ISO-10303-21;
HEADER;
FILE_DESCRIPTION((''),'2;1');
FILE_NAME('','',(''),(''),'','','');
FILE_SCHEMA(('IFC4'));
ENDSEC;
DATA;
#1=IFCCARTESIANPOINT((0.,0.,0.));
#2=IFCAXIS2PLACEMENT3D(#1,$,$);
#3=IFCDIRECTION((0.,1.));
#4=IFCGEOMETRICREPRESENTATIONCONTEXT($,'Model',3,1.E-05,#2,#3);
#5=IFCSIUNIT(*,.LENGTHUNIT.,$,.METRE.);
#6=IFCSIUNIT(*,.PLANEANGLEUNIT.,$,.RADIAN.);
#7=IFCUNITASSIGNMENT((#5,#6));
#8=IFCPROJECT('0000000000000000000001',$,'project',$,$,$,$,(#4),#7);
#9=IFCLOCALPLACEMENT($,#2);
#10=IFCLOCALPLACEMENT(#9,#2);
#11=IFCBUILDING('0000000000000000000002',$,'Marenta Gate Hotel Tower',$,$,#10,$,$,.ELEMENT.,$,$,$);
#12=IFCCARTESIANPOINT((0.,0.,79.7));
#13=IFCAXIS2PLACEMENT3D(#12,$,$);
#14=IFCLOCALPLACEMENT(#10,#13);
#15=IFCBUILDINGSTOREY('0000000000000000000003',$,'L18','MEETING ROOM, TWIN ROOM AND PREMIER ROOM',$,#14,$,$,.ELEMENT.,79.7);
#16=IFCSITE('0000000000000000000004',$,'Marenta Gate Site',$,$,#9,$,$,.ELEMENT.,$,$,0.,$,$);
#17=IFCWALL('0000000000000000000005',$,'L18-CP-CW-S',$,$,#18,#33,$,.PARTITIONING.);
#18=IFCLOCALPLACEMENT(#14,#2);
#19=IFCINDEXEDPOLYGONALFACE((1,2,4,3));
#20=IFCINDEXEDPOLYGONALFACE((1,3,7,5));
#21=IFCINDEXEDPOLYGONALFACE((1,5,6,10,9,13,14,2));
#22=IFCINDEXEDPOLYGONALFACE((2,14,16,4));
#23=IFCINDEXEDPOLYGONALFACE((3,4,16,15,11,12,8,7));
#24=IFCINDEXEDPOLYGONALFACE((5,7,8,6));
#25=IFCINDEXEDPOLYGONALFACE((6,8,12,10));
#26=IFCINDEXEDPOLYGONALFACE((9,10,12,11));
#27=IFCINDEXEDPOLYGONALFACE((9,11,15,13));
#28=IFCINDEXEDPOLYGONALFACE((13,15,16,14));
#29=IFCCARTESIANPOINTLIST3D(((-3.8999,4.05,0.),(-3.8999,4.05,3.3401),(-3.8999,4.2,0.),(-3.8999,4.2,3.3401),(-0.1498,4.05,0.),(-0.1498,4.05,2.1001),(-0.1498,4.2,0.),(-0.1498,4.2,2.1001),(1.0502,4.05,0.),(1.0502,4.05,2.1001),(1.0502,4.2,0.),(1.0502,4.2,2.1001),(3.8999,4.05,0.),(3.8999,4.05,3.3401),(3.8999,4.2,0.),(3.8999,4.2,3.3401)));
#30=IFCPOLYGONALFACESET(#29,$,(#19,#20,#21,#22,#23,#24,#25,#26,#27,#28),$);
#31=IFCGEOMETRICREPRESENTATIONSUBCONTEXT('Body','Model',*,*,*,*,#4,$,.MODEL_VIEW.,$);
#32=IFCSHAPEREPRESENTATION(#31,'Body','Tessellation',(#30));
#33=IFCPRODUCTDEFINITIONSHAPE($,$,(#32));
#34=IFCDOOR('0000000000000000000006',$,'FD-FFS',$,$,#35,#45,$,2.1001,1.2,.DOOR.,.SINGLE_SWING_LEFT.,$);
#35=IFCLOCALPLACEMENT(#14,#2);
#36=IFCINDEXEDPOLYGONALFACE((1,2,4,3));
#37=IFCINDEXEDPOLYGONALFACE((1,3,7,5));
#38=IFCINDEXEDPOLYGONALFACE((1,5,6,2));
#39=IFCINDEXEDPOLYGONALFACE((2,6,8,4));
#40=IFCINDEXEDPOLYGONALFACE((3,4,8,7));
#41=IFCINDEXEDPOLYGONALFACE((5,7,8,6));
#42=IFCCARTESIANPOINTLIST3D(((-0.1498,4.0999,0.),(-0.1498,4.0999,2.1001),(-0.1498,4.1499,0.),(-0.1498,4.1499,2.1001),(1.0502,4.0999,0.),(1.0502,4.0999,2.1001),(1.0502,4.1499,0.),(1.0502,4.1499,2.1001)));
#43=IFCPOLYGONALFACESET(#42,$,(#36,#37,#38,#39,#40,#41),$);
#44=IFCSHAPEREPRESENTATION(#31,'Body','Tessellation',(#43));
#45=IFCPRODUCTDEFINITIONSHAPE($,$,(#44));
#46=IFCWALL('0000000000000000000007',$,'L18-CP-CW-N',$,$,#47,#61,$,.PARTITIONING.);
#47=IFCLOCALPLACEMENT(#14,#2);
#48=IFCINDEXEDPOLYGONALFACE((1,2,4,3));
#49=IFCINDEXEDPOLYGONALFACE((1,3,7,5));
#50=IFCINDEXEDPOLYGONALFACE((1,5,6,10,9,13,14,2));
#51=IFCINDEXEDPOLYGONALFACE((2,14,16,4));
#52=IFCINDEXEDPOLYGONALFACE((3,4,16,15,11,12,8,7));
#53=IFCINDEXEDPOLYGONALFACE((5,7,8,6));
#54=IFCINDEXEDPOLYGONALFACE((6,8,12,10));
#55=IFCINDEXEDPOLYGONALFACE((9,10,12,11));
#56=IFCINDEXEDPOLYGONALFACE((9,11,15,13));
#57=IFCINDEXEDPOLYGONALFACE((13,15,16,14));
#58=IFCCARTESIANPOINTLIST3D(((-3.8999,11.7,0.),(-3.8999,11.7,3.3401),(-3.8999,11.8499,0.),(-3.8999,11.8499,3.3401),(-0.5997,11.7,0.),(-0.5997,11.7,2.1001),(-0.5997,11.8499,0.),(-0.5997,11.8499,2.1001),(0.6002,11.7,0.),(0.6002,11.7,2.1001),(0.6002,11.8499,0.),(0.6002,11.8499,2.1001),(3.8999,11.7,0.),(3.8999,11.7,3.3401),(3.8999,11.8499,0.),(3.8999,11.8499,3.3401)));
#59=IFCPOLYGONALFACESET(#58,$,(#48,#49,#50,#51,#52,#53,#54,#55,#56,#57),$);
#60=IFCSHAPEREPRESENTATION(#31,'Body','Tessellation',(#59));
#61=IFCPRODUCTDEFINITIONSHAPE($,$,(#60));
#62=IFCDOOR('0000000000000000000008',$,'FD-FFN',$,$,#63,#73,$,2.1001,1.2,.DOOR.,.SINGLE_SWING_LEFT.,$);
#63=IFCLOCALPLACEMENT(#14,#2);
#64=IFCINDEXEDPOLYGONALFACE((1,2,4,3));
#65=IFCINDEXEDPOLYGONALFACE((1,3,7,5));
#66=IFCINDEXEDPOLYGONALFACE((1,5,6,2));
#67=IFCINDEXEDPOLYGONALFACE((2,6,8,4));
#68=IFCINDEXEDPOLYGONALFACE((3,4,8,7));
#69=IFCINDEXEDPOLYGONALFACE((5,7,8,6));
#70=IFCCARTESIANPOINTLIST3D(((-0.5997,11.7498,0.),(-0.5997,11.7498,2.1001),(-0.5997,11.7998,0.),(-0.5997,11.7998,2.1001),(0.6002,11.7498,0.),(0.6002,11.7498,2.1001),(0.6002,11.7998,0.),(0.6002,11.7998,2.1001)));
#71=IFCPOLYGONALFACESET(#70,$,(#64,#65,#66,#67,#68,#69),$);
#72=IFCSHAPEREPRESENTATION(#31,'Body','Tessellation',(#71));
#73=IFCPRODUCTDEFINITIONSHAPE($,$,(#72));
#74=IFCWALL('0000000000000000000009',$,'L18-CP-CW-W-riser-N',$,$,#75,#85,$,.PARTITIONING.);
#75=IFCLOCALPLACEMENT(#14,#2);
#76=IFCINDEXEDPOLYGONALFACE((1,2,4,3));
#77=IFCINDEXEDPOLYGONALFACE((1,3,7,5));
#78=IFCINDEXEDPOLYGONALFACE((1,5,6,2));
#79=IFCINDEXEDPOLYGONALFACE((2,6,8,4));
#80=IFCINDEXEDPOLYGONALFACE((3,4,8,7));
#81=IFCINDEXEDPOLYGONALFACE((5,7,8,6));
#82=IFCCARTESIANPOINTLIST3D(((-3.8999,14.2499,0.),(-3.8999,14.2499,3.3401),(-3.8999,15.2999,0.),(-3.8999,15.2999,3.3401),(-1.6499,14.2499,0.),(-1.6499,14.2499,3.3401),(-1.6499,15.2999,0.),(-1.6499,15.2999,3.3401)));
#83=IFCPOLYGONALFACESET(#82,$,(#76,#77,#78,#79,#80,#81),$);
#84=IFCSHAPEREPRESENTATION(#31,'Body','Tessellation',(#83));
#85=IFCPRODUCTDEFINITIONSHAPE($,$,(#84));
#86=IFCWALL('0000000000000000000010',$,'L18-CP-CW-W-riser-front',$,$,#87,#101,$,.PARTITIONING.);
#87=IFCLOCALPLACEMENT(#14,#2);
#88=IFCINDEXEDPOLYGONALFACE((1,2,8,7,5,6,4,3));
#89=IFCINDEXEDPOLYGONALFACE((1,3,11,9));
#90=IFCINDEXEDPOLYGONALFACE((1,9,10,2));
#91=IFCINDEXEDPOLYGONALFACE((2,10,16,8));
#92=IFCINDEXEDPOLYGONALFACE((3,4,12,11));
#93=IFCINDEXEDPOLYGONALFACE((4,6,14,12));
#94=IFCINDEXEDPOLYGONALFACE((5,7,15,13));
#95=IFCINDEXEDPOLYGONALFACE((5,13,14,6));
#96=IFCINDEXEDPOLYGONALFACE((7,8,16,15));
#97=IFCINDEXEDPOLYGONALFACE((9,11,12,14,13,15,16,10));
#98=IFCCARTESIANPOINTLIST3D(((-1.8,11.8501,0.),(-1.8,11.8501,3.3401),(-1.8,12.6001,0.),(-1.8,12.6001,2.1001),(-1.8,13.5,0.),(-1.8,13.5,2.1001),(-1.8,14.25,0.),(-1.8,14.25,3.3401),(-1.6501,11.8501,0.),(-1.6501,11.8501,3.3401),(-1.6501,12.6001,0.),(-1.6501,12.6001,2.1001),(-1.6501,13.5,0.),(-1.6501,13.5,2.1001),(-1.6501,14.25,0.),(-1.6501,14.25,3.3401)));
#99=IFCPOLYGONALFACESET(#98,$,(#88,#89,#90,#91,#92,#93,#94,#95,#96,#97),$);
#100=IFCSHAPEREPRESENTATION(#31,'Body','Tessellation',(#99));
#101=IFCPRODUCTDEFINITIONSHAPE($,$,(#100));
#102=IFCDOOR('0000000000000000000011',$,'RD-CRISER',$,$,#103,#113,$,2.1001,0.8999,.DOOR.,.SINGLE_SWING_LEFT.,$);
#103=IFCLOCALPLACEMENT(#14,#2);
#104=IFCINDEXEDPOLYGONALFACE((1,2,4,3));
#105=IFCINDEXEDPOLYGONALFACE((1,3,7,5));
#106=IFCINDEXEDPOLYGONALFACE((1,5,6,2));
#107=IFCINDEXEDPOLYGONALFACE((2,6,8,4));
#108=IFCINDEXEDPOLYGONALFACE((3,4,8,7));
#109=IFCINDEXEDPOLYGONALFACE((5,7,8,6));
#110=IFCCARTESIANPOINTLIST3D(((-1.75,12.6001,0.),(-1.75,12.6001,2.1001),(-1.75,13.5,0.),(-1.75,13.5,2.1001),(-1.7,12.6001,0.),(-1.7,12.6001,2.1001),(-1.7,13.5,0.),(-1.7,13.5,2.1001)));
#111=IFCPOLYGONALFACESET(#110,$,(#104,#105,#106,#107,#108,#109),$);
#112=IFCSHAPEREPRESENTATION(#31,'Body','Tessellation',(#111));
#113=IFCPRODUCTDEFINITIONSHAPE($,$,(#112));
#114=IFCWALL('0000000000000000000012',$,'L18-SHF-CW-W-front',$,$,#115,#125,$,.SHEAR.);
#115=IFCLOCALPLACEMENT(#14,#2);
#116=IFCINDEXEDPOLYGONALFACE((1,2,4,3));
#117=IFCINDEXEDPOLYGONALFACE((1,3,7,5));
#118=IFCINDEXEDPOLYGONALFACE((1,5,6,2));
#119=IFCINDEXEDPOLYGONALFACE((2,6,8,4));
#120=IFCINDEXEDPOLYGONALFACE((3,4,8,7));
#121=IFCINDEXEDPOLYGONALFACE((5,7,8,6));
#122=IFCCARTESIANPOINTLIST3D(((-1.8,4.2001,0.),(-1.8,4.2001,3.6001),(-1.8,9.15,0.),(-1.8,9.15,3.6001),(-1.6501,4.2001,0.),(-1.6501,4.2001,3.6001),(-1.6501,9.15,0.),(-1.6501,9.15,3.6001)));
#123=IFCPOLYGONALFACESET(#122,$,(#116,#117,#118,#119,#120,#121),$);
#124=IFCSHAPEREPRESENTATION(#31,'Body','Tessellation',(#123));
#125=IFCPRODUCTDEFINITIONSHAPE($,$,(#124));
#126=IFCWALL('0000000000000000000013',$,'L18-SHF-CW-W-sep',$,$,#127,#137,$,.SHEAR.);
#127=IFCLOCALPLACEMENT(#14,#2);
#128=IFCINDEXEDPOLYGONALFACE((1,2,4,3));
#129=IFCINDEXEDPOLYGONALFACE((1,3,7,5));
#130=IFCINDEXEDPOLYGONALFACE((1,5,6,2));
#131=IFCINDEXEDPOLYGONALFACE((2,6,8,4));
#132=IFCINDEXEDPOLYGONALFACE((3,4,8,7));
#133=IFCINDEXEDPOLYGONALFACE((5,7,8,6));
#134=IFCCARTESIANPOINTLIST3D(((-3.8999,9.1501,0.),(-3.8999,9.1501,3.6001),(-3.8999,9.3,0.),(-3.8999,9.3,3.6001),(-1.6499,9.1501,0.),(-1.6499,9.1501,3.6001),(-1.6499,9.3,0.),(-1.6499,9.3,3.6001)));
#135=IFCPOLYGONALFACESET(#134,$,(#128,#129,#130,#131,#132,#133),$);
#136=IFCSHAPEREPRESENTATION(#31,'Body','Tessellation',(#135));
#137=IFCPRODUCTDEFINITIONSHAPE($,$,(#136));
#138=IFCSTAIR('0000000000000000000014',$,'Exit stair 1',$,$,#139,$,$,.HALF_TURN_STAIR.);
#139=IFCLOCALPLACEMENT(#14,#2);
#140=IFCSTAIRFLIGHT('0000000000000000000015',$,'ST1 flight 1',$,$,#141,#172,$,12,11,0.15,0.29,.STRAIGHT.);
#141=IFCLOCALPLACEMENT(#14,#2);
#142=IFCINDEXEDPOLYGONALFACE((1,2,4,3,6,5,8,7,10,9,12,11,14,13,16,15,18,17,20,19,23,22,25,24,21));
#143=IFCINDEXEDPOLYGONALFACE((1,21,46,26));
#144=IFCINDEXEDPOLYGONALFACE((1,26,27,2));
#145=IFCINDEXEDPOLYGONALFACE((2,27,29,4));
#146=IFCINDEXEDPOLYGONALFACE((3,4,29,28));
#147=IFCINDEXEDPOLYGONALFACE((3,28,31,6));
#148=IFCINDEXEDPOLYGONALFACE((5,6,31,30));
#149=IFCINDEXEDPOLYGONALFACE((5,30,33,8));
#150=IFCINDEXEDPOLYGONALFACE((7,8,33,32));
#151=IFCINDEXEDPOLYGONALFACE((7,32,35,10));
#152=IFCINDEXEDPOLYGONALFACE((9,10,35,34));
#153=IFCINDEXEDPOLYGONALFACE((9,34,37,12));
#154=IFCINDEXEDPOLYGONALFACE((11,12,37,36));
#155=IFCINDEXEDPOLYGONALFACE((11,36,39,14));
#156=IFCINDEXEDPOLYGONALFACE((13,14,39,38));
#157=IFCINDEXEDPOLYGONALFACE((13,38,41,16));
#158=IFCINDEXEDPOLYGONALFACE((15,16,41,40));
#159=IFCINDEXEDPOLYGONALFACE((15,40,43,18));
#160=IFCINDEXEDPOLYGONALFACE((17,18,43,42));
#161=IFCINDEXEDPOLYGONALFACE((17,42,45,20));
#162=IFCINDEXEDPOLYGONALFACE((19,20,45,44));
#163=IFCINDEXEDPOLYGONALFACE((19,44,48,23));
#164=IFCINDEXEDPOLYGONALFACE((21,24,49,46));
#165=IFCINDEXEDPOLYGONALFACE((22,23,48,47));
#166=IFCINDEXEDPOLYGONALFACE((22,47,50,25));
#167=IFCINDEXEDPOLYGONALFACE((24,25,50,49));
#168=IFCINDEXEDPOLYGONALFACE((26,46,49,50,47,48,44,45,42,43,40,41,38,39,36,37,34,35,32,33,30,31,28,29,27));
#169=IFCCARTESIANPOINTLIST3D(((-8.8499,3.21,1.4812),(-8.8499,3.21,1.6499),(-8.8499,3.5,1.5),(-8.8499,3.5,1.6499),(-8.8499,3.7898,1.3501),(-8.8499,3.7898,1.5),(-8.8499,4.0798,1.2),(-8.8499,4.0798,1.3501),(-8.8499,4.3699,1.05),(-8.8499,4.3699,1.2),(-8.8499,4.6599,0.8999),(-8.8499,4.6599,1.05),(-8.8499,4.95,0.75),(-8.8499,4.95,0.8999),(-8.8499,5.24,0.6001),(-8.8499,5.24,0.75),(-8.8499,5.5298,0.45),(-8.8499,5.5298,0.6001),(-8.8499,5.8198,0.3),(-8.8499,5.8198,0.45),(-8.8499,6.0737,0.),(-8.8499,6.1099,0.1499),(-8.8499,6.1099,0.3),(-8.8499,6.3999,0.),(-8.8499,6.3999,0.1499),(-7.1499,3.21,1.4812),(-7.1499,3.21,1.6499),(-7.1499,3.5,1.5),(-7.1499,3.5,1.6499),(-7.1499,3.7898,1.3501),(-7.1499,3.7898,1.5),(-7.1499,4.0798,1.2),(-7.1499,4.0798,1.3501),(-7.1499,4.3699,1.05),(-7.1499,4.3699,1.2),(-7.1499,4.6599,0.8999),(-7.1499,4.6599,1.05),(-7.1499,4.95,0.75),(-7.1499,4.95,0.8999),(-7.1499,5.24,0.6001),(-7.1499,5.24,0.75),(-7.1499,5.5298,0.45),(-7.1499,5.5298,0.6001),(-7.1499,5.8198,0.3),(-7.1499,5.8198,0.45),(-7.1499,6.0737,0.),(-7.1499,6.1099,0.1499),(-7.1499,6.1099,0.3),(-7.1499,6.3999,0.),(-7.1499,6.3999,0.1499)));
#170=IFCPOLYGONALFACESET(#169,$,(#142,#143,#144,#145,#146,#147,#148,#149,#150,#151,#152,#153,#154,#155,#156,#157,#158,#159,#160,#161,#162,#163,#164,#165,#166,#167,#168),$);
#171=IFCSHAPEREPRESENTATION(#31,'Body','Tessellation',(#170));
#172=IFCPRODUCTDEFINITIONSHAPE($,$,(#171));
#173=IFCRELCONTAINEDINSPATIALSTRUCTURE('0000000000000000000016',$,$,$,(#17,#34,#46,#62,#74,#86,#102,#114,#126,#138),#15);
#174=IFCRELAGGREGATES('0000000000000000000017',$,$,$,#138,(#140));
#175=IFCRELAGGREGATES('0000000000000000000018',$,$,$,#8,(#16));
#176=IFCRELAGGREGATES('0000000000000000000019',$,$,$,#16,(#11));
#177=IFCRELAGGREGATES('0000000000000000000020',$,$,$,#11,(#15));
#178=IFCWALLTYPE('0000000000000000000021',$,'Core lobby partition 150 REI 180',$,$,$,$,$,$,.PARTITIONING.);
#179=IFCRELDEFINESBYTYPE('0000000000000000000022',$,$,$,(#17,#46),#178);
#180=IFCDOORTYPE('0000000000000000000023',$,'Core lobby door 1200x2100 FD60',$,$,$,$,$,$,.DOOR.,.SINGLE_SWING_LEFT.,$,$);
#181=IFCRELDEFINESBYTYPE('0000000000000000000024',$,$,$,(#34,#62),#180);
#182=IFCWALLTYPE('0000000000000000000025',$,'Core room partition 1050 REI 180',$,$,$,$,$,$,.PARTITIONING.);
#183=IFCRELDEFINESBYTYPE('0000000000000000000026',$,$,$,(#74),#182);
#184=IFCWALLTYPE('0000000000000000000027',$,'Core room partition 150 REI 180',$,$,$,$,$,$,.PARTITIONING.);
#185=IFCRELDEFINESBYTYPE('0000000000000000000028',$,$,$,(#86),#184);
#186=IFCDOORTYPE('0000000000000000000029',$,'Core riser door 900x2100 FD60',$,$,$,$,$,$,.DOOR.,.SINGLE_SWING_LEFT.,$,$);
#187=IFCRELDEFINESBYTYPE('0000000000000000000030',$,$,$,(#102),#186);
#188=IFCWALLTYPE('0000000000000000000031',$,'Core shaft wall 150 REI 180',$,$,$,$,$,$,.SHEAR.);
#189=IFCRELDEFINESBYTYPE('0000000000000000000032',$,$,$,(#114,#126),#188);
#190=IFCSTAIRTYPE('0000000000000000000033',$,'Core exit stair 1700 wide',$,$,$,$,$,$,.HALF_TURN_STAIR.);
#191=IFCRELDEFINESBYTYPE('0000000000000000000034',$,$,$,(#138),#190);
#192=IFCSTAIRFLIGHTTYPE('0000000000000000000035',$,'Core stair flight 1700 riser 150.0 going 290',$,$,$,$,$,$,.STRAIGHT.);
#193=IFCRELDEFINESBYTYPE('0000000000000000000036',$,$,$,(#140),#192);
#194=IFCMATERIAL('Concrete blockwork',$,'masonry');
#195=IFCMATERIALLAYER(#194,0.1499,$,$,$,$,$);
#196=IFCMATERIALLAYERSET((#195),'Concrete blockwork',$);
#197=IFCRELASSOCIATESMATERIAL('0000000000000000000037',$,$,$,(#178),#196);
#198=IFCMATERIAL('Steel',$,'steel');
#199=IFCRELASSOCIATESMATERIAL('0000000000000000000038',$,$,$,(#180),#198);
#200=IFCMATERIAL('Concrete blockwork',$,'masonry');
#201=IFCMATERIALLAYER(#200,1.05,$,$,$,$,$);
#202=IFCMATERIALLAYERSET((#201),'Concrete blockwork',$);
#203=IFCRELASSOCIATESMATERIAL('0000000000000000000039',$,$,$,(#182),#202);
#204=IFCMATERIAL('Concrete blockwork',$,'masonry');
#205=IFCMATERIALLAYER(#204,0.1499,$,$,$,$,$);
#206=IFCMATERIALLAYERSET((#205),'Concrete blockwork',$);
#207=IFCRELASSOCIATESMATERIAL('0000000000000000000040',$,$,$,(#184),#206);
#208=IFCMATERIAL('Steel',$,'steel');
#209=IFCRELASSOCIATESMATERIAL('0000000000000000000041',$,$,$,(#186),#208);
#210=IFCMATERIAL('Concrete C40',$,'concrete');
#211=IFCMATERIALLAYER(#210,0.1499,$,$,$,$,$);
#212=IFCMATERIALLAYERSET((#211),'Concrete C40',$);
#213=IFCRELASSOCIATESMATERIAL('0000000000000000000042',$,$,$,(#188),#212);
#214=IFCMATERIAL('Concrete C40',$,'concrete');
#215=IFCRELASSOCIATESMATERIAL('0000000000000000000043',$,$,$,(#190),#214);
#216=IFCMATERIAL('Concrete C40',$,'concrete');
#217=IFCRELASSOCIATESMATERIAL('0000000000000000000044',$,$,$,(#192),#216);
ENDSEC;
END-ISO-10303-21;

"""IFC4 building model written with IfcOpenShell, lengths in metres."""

from ifc_helpers import new_model, si_unit, direction, frame, frame_2d, origin, place, context, subcontext, project, spatial, polyline, rectangle, outline, extrude, material, layer, layer_set, type_object, element, fill, aggregate, save


model = new_model("IFC4")

# Units and contexts
model_context = context("Model", 3, precision=1e-05, world=origin(), true_north=direction((0.0, 1.0)))
body_context = subcontext(model_context, "Body", "Model", "MODEL_VIEW")
ifc_project = project(units=[si_unit("LENGTHUNIT", "METRE"), si_unit("PLANEANGLEUNIT", "RADIAN")], contexts=[model_context])

# Site, building, storey
site_placement = place(None, origin())
site = spatial("IfcSite", under=ifc_project, at=site_placement, Name="Marenta Gate Site", CompositionType="ELEMENT", RefElevation=0.0)
building_placement = place(site_placement, origin())
building = spatial("IfcBuilding", under=site, at=building_placement, Name="Marenta Gate Hotel Tower", CompositionType="ELEMENT")
storey_placement = place(building_placement, frame((0.0, 0.0, 79.7)))
storey = spatial("IfcBuildingStorey", under=building, at=storey_placement, Name="L18", Description="MEETING ROOM, TWIN ROOM AND PREMIER ROOM", CompositionType="ELEMENT", Elevation=79.7)

# Walls, openings, doors
ifc_material_1 = material(Name="Concrete blockwork", Category="masonry")
ifc_layer_1 = layer(ifc_material_1, 0.1499)
ifc_layer_set_1 = layer_set([ifc_layer_1], Name="Concrete blockwork")
wall_type_1 = type_object("IfcWallType", Name="Core lobby partition 150 REI 180", PredefinedType="PARTITIONING", material=ifc_layer_set_1)
wall_1_placement = place(storey_placement, frame((-3.8999, 4.125, 0.0), z_axis=(0.0, 0.0, 1.0), x_axis=(1.0, 0.0, 0.0)))
wall_1 = element("IfcWall", 1, at=wall_1_placement, inside=storey, type_object=wall_type_1, Name="L18-CP-CW-S", PredefinedType="PARTITIONING", context=body_context, shape_type="SweptSolid", body=[
    extrude(rectangle(XDim=7.7998, YDim=0.1499, at=frame_2d((3.8999, 0.0))), origin(), (0.0, 0.0, 1.0), 3.3401),
])
opening_1_placement = place(wall_1_placement, frame((3.75, 0.0, 0.0)))
opening_1 = element("IfcOpeningElement", 2, at=opening_1_placement, cuts=wall_1, PredefinedType="OPENING", context=body_context, shape_type="SweptSolid", body=[
    extrude(rectangle(XDim=1.2, YDim=2.1001, at=frame_2d((0.6001, 1.05))), frame((0.0, 0.075, 0.0), z_axis=(0.0, -1.0, 0.0), x_axis=(1.0, 0.0, 0.0)), (0.0, 0.0, 1.0), 0.1499),
])
ifc_material_2 = material(Name="Steel", Category="steel")
door_type_1 = type_object("IfcDoorType", Name="Core lobby door 1200x2100 FD60", OperationType="SINGLE_SWING_LEFT", PredefinedType="DOOR", material=ifc_material_2)
door_1_placement = place(opening_1_placement, origin())
door_1 = element("IfcDoor", 3, at=door_1_placement, inside=storey, type_object=door_type_1, Name="FD-FFS", OperationType="SINGLE_SWING_LEFT", OverallHeight=2.1001, OverallWidth=1.2, PredefinedType="DOOR", context=body_context, shape_type="SweptSolid", body=[
    extrude(rectangle(XDim=1.2, YDim=2.1001, at=frame_2d((0.6001, 1.05))), frame((0.0, 0.0249, 0.0), z_axis=(0.0, -1.0, 0.0), x_axis=(1.0, 0.0, 0.0)), (0.0, 0.0, 1.0), 0.05),
])
fill(opening_1, door_1)
wall_2_placement = place(storey_placement, frame((-3.8999, 11.7749, 0.0), z_axis=(0.0, 0.0, 1.0), x_axis=(1.0, 0.0, 0.0)))
wall_2 = element("IfcWall", 4, at=wall_2_placement, inside=storey, type_object=wall_type_1, Name="L18-CP-CW-N", PredefinedType="PARTITIONING", context=body_context, shape_type="SweptSolid", body=[
    extrude(rectangle(XDim=7.7998, YDim=0.1499, at=frame_2d((3.8999, 0.0))), origin(), (0.0, 0.0, 1.0), 3.3401),
])
opening_2_placement = place(wall_2_placement, frame((3.3, 0.0, 0.0)))
opening_2 = element("IfcOpeningElement", 5, at=opening_2_placement, cuts=wall_2, PredefinedType="OPENING", context=body_context, shape_type="SweptSolid", body=[
    extrude(rectangle(XDim=1.2, YDim=2.1001, at=frame_2d((0.6001, 1.05))), frame((0.0, 0.075, 0.0), z_axis=(0.0, -1.0, 0.0), x_axis=(1.0, 0.0, 0.0)), (0.0, 0.0, 1.0), 0.1499),
])
door_2_placement = place(opening_2_placement, origin())
door_2 = element("IfcDoor", 6, at=door_2_placement, inside=storey, type_object=door_type_1, Name="FD-FFN", OperationType="SINGLE_SWING_LEFT", OverallHeight=2.1001, OverallWidth=1.2, PredefinedType="DOOR", context=body_context, shape_type="SweptSolid", body=[
    extrude(rectangle(XDim=1.2, YDim=2.1001, at=frame_2d((0.6001, 1.05))), frame((0.0, 0.0249, 0.0), z_axis=(0.0, -1.0, 0.0), x_axis=(1.0, 0.0, 0.0)), (0.0, 0.0, 1.0), 0.05),
])
fill(opening_2, door_2)

# Wall
ifc_material_3 = material(Name="Concrete blockwork", Category="masonry")
ifc_layer_2 = layer(ifc_material_3, 1.05)
ifc_layer_set_2 = layer_set([ifc_layer_2], Name="Concrete blockwork")
wall_type_2 = type_object("IfcWallType", Name="Core room partition 1050 REI 180", PredefinedType="PARTITIONING", material=ifc_layer_set_2)
wall_3_placement = place(storey_placement, frame((-3.8999, 14.7749, 0.0), z_axis=(0.0, 0.0, 1.0), x_axis=(1.0, 0.0, 0.0)))
element("IfcWall", 7, at=wall_3_placement, inside=storey, type_object=wall_type_2, Name="L18-CP-CW-W-riser-N", PredefinedType="PARTITIONING", context=body_context, shape_type="SweptSolid", body=[
    extrude(rectangle(XDim=2.25, YDim=1.05, at=frame_2d((1.125, 0.0))), origin(), (0.0, 0.0, 1.0), 3.3401),
])

# Wall, opening, door
ifc_material_4 = material(Name="Concrete blockwork", Category="masonry")
ifc_layer_3 = layer(ifc_material_4, 0.1499)
ifc_layer_set_3 = layer_set([ifc_layer_3], Name="Concrete blockwork")
wall_type_3 = type_object("IfcWallType", Name="Core room partition 150 REI 180", PredefinedType="PARTITIONING", material=ifc_layer_set_3)
wall_4_placement = place(storey_placement, frame((-1.7251, 11.8501, 0.0), z_axis=(0.0, 0.0, 1.0), x_axis=(0.0, 1.0, 0.0)))
wall_4 = element("IfcWall", 8, at=wall_4_placement, inside=storey, type_object=wall_type_3, Name="L18-CP-CW-W-riser-front", PredefinedType="PARTITIONING", context=body_context, shape_type="SweptSolid", body=[
    extrude(rectangle(XDim=2.3999, YDim=0.1499, at=frame_2d((1.2, 0.0))), origin(), (0.0, 0.0, 1.0), 3.3401),
])
opening_3_placement = place(wall_4_placement, frame((0.75, 0.0, 0.0)))
opening_3 = element("IfcOpeningElement", 9, at=opening_3_placement, cuts=wall_4, PredefinedType="OPENING", context=body_context, shape_type="SweptSolid", body=[
    extrude(rectangle(XDim=0.8999, YDim=2.1001, at=frame_2d((0.45, 1.05))), frame((0.0, 0.075, 0.0), z_axis=(0.0, -1.0, 0.0), x_axis=(1.0, 0.0, 0.0)), (0.0, 0.0, 1.0), 0.1499),
])
ifc_material_5 = material(Name="Steel", Category="steel")
door_type_2 = type_object("IfcDoorType", Name="Core riser door 900x2100 FD60", OperationType="SINGLE_SWING_LEFT", PredefinedType="DOOR", material=ifc_material_5)
door_3_placement = place(opening_3_placement, origin())
door_3 = element("IfcDoor", 10, at=door_3_placement, inside=storey, type_object=door_type_2, Name="RD-CRISER", OperationType="SINGLE_SWING_LEFT", OverallHeight=2.1001, OverallWidth=0.8999, PredefinedType="DOOR", context=body_context, shape_type="SweptSolid", body=[
    extrude(rectangle(XDim=0.8999, YDim=2.1001, at=frame_2d((0.45, 1.05))), frame((0.0, 0.0249, 0.0), z_axis=(0.0, -1.0, 0.0), x_axis=(1.0, 0.0, 0.0)), (0.0, 0.0, 1.0), 0.05),
])
fill(opening_3, door_3)

# Walls
ifc_material_6 = material(Name="Concrete C40", Category="concrete")
ifc_layer_4 = layer(ifc_material_6, 0.1499)
ifc_layer_set_4 = layer_set([ifc_layer_4], Name="Concrete C40")
wall_type_4 = type_object("IfcWallType", Name="Core shaft wall 150 REI 180", PredefinedType="SHEAR", material=ifc_layer_set_4)
wall_5_placement = place(storey_placement, frame((-1.7251, 4.2, 0.0), z_axis=(0.0, 0.0, 1.0), x_axis=(0.0, 1.0, 0.0)))
element("IfcWall", 11, at=wall_5_placement, inside=storey, type_object=wall_type_4, Name="L18-SHF-CW-W-front", PredefinedType="SHEAR", context=body_context, shape_type="SweptSolid", body=[
    extrude(rectangle(XDim=4.95, YDim=0.1499, at=frame_2d((2.4751, 0.0))), origin(), (0.0, 0.0, 1.0), 3.6001),
])
wall_6_placement = place(storey_placement, frame((-3.8999, 9.2251, 0.0), z_axis=(0.0, 0.0, 1.0), x_axis=(1.0, 0.0, 0.0)))
element("IfcWall", 12, at=wall_6_placement, inside=storey, type_object=wall_type_4, Name="L18-SHF-CW-W-sep", PredefinedType="SHEAR", context=body_context, shape_type="SweptSolid", body=[
    extrude(rectangle(XDim=2.25, YDim=0.1499, at=frame_2d((1.125, 0.0))), origin(), (0.0, 0.0, 1.0), 3.6001),
])

# Stair, stair flight
ifc_material_7 = material(Name="Concrete C40", Category="concrete")
stair_type = type_object("IfcStairType", Name="Core exit stair 1700 wide", PredefinedType="HALF_TURN_STAIR", material=ifc_material_7)
stair_1_placement = place(storey_placement, origin())
stair_1 = element("IfcStair", 13, at=stair_1_placement, inside=storey, type_object=stair_type, Name="Exit stair 1", PredefinedType="HALF_TURN_STAIR")
ifc_material_8 = material(Name="Concrete C40", Category="concrete")
stair_flight_type = type_object("IfcStairFlightType", Name="Core stair flight 1700 riser 150.0 going 290", PredefinedType="STRAIGHT", material=ifc_material_8)
stair_flight_1_placement = place(storey_placement, frame((-8.0, 6.3999, 0.0), z_axis=(0.0, 0.0, 1.0), x_axis=(0.0, -1.0, 0.0)))
stair_flight_1 = element("IfcStairFlight", 14, at=stair_flight_1_placement, type_object=stair_flight_type, Name="ST1 flight 1", NumberOfRisers=12, NumberOfTreads=11, PredefinedType="STRAIGHT", RiserHeight=0.15, TreadLength=0.29, context=body_context, shape_type="SweptSolid", body=[
    extrude(outline(polyline([(0.0, 0.0), (0.0, 0.1499), (0.29, 0.1499), (0.29, 0.3), (0.5801, 0.3), (0.5801, 0.45), (0.8701, 0.45), (0.8701, 0.6001), (1.1599, 0.6001), (1.1599, 0.75), (1.45, 0.75), (1.45, 0.8999), (1.74, 0.8999), (1.74, 1.05), (2.03, 1.05), (2.03, 1.2), (2.3201, 1.2), (2.3201, 1.3501), (2.6101, 1.3501), (2.6101, 1.5), (2.8999, 1.5), (2.8999, 1.6499), (3.1899, 1.6499), (3.1899, 1.8), (3.1899, 1.4812), (0.3262, 0.0), (0.0, 0.0)])), frame((0.0, 0.8501, 0.0), z_axis=(0.0, -1.0, 0.0), x_axis=(1.0, 0.0, 0.0)), (0.0, 0.0, 1.0), 1.7),
])
aggregate(stair_1, [stair_flight_1])

save(model, "model.ifc")
